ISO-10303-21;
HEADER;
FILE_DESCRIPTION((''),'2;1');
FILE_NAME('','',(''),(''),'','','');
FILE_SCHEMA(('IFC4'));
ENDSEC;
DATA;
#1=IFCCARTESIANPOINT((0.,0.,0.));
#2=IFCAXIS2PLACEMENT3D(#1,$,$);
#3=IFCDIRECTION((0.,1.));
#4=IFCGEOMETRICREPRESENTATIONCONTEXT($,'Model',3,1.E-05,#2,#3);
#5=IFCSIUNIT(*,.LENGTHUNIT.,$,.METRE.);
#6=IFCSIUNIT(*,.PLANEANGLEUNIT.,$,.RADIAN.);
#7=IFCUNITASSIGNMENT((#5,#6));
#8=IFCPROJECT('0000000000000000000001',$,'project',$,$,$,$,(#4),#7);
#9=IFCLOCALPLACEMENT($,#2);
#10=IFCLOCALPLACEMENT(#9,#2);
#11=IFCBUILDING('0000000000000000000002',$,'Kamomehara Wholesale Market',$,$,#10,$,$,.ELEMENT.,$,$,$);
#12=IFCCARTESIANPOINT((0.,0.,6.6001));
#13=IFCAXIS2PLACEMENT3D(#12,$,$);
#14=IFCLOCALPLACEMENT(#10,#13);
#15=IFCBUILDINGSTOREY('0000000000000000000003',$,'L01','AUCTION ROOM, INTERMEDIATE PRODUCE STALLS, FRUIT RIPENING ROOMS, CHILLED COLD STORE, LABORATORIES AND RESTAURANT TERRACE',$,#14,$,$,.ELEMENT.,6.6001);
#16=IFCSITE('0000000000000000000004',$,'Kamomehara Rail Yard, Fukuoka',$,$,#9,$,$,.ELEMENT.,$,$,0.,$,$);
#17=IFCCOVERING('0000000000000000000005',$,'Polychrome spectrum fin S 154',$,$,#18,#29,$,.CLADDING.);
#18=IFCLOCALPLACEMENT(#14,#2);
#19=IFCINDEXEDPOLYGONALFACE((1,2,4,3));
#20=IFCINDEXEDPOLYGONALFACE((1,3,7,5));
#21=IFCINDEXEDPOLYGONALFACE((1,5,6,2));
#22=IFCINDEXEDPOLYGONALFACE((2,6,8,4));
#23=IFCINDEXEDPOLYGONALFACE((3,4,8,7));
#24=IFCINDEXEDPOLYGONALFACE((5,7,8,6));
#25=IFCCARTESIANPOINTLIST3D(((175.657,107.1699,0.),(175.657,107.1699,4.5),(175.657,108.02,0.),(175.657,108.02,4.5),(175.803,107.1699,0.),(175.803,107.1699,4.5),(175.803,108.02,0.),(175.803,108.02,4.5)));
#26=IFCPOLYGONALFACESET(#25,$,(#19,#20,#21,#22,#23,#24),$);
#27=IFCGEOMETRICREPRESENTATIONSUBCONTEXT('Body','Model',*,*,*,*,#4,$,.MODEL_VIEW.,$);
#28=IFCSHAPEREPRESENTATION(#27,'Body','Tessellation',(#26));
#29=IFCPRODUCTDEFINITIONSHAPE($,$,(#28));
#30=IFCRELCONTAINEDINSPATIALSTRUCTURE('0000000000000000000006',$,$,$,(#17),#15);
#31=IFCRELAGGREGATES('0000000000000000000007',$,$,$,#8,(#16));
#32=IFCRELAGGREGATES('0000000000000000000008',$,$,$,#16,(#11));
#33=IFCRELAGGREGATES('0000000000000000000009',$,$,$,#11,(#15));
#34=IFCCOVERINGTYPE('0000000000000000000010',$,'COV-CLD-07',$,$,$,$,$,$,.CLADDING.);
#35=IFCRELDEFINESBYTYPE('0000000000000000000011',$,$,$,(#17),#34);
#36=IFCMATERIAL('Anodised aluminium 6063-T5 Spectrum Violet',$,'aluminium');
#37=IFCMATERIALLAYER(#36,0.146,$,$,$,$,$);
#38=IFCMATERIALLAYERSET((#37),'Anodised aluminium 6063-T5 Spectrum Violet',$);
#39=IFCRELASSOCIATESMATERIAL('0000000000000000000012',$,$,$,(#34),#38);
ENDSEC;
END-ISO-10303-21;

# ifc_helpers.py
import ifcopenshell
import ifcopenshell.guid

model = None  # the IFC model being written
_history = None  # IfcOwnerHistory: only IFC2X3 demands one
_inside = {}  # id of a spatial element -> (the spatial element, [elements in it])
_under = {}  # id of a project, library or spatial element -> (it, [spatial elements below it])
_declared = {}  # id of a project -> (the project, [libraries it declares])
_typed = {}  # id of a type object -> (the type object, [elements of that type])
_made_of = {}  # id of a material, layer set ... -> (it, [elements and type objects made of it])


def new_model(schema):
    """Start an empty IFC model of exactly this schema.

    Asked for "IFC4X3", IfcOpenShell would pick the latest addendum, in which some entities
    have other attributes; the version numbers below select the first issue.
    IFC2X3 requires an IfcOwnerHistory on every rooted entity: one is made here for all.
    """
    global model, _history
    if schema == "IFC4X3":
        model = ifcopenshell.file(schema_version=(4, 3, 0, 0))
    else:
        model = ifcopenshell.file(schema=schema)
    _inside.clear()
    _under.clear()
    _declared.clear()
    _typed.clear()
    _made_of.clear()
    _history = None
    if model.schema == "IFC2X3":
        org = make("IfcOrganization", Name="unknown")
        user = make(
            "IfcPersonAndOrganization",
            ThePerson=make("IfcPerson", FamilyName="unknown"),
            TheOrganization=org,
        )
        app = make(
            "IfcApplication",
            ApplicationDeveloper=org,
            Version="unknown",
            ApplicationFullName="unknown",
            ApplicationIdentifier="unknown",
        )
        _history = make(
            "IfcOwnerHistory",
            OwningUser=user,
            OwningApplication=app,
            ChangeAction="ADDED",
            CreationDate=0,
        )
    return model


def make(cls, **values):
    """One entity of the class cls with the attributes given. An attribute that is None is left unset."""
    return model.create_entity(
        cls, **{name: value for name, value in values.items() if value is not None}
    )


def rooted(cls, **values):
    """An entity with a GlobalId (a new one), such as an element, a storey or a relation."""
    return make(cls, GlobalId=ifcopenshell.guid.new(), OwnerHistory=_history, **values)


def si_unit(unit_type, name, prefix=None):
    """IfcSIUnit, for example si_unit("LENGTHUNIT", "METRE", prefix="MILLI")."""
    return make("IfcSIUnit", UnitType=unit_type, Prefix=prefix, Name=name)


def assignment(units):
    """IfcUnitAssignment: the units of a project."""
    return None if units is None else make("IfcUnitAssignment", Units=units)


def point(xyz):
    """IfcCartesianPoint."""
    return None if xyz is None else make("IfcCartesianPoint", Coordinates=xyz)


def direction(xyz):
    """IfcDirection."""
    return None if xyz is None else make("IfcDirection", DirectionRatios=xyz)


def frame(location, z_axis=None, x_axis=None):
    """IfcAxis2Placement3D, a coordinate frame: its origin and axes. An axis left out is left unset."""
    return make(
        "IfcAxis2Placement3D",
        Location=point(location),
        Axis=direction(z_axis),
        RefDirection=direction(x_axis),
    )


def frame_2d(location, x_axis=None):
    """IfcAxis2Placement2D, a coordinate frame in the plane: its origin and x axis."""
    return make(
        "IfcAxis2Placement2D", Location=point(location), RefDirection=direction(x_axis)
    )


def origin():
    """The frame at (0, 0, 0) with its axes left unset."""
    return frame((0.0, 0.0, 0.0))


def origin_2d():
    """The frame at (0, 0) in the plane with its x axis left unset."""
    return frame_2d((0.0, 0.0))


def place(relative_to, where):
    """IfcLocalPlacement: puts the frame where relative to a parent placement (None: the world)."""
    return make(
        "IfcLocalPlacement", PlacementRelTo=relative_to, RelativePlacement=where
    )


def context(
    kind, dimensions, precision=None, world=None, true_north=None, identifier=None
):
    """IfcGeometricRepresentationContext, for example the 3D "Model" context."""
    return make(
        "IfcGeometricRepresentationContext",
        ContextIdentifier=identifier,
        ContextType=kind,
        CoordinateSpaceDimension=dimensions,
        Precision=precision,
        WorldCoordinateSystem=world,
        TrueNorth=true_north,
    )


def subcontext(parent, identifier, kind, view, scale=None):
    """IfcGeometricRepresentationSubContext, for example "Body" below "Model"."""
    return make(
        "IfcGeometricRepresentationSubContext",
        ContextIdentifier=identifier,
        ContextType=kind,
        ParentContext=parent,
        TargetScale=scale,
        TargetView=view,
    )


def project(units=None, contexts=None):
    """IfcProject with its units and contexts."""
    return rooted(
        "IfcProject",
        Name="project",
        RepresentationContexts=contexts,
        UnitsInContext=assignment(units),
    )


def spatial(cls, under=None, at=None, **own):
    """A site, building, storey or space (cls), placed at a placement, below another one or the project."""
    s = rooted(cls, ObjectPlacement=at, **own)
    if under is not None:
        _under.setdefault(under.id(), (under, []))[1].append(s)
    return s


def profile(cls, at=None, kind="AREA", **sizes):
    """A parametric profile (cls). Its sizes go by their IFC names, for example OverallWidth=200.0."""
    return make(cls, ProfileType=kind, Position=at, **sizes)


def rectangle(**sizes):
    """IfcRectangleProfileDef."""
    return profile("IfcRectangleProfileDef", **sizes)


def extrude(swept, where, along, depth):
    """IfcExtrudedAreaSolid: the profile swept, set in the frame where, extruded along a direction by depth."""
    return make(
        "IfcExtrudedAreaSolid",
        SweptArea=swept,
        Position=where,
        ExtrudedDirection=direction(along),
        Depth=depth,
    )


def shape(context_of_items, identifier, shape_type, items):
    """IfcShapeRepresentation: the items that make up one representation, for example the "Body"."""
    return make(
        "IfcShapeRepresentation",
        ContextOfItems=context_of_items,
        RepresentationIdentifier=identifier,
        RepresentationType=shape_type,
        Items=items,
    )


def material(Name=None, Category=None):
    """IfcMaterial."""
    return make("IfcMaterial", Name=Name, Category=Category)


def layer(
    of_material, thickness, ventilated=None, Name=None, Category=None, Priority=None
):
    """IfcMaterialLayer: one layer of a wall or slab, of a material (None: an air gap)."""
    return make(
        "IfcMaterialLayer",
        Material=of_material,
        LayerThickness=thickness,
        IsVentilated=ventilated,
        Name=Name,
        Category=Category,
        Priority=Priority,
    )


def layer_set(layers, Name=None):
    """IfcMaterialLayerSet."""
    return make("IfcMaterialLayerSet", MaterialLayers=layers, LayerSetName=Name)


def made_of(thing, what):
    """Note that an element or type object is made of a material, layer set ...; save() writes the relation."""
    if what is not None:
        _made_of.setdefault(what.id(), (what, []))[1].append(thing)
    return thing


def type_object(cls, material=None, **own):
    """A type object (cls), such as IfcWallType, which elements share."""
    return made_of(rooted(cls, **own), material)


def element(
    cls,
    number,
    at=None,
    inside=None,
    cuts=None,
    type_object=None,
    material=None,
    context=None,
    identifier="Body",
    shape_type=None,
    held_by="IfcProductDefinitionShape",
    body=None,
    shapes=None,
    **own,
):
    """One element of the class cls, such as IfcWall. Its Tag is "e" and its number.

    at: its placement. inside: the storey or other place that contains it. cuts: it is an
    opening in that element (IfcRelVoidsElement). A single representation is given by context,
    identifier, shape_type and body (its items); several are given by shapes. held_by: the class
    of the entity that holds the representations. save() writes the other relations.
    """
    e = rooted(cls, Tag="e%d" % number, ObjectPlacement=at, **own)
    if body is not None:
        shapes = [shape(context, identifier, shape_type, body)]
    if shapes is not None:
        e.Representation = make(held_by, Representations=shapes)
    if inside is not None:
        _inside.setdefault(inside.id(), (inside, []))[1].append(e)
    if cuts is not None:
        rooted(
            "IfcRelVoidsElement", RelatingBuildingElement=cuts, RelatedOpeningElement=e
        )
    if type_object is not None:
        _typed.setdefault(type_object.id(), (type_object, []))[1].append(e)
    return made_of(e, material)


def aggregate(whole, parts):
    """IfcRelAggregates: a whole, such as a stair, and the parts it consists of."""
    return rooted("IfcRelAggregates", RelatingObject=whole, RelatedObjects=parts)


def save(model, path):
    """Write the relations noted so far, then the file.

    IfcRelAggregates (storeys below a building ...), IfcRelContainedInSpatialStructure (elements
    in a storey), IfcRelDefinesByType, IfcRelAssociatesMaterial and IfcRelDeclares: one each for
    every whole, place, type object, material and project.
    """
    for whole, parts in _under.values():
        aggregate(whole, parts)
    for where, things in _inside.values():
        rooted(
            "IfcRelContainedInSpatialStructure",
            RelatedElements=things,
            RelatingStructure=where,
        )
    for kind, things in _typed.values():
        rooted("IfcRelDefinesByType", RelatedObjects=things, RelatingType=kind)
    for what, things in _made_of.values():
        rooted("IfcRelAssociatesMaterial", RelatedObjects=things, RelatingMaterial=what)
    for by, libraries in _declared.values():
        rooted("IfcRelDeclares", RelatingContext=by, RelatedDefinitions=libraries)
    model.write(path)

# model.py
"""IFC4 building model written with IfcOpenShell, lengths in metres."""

from ifc_helpers import new_model, si_unit, direction, frame, origin, origin_2d, place, context, subcontext, project, spatial, rectangle, extrude, material, layer, layer_set, type_object, element, save


model = new_model("IFC4")

# Units and contexts
model_context = context("Model", 3, precision=1e-05, world=origin(), true_north=direction((0.0, 1.0)))
body_context = subcontext(model_context, "Body", "Model", "MODEL_VIEW")
ifc_project = project(units=[si_unit("LENGTHUNIT", "METRE"), si_unit("PLANEANGLEUNIT", "RADIAN")], contexts=[model_context])

# Site, building, storey
site_placement = place(None, origin())
site = spatial("IfcSite", under=ifc_project, at=site_placement, Name="Kamomehara Rail Yard, Fukuoka", CompositionType="ELEMENT", RefElevation=0.0)
building_placement = place(site_placement, origin())
building = spatial("IfcBuilding", under=site, at=building_placement, Name="Kamomehara Wholesale Market", CompositionType="ELEMENT")
storey_placement = place(building_placement, frame((0.0, 0.0, 6.6001)))
storey = spatial("IfcBuildingStorey", under=building, at=storey_placement, Name="L01", Description="AUCTION ROOM, INTERMEDIATE PRODUCE STALLS, FRUIT RIPENING ROOMS, CHILLED COLD STORE, LABORATORIES AND RESTAURANT TERRACE", CompositionType="ELEMENT", Elevation=6.6001)

# Covering
ifc_material_1 = material(Name="Anodised aluminium 6063-T5 Spectrum Violet", Category="aluminium")
ifc_layer_1 = layer(ifc_material_1, 0.146)
ifc_layer_set_1 = layer_set([ifc_layer_1], Name="Anodised aluminium 6063-T5 Spectrum Violet")
covering_type_1 = type_object("IfcCoveringType", Name="COV-CLD-07", PredefinedType="CLADDING", material=ifc_layer_set_1)
covering_1_placement = place(storey_placement, frame((175.73, 107.595, 0.0), z_axis=(0.0, 0.0, 1.0), x_axis=(1.0, 0.0, 0.0)))
element("IfcCovering", 1, at=covering_1_placement, inside=storey, type_object=covering_type_1, Name="Polychrome spectrum fin S 154", PredefinedType="CLADDING", context=body_context, shape_type="SweptSolid", body=[
    extrude(rectangle(XDim=0.146, YDim=0.8501, at=origin_2d()), origin(), (0.0, 0.0, 1.0), 4.5),
])

save(model, "model.ifc")
